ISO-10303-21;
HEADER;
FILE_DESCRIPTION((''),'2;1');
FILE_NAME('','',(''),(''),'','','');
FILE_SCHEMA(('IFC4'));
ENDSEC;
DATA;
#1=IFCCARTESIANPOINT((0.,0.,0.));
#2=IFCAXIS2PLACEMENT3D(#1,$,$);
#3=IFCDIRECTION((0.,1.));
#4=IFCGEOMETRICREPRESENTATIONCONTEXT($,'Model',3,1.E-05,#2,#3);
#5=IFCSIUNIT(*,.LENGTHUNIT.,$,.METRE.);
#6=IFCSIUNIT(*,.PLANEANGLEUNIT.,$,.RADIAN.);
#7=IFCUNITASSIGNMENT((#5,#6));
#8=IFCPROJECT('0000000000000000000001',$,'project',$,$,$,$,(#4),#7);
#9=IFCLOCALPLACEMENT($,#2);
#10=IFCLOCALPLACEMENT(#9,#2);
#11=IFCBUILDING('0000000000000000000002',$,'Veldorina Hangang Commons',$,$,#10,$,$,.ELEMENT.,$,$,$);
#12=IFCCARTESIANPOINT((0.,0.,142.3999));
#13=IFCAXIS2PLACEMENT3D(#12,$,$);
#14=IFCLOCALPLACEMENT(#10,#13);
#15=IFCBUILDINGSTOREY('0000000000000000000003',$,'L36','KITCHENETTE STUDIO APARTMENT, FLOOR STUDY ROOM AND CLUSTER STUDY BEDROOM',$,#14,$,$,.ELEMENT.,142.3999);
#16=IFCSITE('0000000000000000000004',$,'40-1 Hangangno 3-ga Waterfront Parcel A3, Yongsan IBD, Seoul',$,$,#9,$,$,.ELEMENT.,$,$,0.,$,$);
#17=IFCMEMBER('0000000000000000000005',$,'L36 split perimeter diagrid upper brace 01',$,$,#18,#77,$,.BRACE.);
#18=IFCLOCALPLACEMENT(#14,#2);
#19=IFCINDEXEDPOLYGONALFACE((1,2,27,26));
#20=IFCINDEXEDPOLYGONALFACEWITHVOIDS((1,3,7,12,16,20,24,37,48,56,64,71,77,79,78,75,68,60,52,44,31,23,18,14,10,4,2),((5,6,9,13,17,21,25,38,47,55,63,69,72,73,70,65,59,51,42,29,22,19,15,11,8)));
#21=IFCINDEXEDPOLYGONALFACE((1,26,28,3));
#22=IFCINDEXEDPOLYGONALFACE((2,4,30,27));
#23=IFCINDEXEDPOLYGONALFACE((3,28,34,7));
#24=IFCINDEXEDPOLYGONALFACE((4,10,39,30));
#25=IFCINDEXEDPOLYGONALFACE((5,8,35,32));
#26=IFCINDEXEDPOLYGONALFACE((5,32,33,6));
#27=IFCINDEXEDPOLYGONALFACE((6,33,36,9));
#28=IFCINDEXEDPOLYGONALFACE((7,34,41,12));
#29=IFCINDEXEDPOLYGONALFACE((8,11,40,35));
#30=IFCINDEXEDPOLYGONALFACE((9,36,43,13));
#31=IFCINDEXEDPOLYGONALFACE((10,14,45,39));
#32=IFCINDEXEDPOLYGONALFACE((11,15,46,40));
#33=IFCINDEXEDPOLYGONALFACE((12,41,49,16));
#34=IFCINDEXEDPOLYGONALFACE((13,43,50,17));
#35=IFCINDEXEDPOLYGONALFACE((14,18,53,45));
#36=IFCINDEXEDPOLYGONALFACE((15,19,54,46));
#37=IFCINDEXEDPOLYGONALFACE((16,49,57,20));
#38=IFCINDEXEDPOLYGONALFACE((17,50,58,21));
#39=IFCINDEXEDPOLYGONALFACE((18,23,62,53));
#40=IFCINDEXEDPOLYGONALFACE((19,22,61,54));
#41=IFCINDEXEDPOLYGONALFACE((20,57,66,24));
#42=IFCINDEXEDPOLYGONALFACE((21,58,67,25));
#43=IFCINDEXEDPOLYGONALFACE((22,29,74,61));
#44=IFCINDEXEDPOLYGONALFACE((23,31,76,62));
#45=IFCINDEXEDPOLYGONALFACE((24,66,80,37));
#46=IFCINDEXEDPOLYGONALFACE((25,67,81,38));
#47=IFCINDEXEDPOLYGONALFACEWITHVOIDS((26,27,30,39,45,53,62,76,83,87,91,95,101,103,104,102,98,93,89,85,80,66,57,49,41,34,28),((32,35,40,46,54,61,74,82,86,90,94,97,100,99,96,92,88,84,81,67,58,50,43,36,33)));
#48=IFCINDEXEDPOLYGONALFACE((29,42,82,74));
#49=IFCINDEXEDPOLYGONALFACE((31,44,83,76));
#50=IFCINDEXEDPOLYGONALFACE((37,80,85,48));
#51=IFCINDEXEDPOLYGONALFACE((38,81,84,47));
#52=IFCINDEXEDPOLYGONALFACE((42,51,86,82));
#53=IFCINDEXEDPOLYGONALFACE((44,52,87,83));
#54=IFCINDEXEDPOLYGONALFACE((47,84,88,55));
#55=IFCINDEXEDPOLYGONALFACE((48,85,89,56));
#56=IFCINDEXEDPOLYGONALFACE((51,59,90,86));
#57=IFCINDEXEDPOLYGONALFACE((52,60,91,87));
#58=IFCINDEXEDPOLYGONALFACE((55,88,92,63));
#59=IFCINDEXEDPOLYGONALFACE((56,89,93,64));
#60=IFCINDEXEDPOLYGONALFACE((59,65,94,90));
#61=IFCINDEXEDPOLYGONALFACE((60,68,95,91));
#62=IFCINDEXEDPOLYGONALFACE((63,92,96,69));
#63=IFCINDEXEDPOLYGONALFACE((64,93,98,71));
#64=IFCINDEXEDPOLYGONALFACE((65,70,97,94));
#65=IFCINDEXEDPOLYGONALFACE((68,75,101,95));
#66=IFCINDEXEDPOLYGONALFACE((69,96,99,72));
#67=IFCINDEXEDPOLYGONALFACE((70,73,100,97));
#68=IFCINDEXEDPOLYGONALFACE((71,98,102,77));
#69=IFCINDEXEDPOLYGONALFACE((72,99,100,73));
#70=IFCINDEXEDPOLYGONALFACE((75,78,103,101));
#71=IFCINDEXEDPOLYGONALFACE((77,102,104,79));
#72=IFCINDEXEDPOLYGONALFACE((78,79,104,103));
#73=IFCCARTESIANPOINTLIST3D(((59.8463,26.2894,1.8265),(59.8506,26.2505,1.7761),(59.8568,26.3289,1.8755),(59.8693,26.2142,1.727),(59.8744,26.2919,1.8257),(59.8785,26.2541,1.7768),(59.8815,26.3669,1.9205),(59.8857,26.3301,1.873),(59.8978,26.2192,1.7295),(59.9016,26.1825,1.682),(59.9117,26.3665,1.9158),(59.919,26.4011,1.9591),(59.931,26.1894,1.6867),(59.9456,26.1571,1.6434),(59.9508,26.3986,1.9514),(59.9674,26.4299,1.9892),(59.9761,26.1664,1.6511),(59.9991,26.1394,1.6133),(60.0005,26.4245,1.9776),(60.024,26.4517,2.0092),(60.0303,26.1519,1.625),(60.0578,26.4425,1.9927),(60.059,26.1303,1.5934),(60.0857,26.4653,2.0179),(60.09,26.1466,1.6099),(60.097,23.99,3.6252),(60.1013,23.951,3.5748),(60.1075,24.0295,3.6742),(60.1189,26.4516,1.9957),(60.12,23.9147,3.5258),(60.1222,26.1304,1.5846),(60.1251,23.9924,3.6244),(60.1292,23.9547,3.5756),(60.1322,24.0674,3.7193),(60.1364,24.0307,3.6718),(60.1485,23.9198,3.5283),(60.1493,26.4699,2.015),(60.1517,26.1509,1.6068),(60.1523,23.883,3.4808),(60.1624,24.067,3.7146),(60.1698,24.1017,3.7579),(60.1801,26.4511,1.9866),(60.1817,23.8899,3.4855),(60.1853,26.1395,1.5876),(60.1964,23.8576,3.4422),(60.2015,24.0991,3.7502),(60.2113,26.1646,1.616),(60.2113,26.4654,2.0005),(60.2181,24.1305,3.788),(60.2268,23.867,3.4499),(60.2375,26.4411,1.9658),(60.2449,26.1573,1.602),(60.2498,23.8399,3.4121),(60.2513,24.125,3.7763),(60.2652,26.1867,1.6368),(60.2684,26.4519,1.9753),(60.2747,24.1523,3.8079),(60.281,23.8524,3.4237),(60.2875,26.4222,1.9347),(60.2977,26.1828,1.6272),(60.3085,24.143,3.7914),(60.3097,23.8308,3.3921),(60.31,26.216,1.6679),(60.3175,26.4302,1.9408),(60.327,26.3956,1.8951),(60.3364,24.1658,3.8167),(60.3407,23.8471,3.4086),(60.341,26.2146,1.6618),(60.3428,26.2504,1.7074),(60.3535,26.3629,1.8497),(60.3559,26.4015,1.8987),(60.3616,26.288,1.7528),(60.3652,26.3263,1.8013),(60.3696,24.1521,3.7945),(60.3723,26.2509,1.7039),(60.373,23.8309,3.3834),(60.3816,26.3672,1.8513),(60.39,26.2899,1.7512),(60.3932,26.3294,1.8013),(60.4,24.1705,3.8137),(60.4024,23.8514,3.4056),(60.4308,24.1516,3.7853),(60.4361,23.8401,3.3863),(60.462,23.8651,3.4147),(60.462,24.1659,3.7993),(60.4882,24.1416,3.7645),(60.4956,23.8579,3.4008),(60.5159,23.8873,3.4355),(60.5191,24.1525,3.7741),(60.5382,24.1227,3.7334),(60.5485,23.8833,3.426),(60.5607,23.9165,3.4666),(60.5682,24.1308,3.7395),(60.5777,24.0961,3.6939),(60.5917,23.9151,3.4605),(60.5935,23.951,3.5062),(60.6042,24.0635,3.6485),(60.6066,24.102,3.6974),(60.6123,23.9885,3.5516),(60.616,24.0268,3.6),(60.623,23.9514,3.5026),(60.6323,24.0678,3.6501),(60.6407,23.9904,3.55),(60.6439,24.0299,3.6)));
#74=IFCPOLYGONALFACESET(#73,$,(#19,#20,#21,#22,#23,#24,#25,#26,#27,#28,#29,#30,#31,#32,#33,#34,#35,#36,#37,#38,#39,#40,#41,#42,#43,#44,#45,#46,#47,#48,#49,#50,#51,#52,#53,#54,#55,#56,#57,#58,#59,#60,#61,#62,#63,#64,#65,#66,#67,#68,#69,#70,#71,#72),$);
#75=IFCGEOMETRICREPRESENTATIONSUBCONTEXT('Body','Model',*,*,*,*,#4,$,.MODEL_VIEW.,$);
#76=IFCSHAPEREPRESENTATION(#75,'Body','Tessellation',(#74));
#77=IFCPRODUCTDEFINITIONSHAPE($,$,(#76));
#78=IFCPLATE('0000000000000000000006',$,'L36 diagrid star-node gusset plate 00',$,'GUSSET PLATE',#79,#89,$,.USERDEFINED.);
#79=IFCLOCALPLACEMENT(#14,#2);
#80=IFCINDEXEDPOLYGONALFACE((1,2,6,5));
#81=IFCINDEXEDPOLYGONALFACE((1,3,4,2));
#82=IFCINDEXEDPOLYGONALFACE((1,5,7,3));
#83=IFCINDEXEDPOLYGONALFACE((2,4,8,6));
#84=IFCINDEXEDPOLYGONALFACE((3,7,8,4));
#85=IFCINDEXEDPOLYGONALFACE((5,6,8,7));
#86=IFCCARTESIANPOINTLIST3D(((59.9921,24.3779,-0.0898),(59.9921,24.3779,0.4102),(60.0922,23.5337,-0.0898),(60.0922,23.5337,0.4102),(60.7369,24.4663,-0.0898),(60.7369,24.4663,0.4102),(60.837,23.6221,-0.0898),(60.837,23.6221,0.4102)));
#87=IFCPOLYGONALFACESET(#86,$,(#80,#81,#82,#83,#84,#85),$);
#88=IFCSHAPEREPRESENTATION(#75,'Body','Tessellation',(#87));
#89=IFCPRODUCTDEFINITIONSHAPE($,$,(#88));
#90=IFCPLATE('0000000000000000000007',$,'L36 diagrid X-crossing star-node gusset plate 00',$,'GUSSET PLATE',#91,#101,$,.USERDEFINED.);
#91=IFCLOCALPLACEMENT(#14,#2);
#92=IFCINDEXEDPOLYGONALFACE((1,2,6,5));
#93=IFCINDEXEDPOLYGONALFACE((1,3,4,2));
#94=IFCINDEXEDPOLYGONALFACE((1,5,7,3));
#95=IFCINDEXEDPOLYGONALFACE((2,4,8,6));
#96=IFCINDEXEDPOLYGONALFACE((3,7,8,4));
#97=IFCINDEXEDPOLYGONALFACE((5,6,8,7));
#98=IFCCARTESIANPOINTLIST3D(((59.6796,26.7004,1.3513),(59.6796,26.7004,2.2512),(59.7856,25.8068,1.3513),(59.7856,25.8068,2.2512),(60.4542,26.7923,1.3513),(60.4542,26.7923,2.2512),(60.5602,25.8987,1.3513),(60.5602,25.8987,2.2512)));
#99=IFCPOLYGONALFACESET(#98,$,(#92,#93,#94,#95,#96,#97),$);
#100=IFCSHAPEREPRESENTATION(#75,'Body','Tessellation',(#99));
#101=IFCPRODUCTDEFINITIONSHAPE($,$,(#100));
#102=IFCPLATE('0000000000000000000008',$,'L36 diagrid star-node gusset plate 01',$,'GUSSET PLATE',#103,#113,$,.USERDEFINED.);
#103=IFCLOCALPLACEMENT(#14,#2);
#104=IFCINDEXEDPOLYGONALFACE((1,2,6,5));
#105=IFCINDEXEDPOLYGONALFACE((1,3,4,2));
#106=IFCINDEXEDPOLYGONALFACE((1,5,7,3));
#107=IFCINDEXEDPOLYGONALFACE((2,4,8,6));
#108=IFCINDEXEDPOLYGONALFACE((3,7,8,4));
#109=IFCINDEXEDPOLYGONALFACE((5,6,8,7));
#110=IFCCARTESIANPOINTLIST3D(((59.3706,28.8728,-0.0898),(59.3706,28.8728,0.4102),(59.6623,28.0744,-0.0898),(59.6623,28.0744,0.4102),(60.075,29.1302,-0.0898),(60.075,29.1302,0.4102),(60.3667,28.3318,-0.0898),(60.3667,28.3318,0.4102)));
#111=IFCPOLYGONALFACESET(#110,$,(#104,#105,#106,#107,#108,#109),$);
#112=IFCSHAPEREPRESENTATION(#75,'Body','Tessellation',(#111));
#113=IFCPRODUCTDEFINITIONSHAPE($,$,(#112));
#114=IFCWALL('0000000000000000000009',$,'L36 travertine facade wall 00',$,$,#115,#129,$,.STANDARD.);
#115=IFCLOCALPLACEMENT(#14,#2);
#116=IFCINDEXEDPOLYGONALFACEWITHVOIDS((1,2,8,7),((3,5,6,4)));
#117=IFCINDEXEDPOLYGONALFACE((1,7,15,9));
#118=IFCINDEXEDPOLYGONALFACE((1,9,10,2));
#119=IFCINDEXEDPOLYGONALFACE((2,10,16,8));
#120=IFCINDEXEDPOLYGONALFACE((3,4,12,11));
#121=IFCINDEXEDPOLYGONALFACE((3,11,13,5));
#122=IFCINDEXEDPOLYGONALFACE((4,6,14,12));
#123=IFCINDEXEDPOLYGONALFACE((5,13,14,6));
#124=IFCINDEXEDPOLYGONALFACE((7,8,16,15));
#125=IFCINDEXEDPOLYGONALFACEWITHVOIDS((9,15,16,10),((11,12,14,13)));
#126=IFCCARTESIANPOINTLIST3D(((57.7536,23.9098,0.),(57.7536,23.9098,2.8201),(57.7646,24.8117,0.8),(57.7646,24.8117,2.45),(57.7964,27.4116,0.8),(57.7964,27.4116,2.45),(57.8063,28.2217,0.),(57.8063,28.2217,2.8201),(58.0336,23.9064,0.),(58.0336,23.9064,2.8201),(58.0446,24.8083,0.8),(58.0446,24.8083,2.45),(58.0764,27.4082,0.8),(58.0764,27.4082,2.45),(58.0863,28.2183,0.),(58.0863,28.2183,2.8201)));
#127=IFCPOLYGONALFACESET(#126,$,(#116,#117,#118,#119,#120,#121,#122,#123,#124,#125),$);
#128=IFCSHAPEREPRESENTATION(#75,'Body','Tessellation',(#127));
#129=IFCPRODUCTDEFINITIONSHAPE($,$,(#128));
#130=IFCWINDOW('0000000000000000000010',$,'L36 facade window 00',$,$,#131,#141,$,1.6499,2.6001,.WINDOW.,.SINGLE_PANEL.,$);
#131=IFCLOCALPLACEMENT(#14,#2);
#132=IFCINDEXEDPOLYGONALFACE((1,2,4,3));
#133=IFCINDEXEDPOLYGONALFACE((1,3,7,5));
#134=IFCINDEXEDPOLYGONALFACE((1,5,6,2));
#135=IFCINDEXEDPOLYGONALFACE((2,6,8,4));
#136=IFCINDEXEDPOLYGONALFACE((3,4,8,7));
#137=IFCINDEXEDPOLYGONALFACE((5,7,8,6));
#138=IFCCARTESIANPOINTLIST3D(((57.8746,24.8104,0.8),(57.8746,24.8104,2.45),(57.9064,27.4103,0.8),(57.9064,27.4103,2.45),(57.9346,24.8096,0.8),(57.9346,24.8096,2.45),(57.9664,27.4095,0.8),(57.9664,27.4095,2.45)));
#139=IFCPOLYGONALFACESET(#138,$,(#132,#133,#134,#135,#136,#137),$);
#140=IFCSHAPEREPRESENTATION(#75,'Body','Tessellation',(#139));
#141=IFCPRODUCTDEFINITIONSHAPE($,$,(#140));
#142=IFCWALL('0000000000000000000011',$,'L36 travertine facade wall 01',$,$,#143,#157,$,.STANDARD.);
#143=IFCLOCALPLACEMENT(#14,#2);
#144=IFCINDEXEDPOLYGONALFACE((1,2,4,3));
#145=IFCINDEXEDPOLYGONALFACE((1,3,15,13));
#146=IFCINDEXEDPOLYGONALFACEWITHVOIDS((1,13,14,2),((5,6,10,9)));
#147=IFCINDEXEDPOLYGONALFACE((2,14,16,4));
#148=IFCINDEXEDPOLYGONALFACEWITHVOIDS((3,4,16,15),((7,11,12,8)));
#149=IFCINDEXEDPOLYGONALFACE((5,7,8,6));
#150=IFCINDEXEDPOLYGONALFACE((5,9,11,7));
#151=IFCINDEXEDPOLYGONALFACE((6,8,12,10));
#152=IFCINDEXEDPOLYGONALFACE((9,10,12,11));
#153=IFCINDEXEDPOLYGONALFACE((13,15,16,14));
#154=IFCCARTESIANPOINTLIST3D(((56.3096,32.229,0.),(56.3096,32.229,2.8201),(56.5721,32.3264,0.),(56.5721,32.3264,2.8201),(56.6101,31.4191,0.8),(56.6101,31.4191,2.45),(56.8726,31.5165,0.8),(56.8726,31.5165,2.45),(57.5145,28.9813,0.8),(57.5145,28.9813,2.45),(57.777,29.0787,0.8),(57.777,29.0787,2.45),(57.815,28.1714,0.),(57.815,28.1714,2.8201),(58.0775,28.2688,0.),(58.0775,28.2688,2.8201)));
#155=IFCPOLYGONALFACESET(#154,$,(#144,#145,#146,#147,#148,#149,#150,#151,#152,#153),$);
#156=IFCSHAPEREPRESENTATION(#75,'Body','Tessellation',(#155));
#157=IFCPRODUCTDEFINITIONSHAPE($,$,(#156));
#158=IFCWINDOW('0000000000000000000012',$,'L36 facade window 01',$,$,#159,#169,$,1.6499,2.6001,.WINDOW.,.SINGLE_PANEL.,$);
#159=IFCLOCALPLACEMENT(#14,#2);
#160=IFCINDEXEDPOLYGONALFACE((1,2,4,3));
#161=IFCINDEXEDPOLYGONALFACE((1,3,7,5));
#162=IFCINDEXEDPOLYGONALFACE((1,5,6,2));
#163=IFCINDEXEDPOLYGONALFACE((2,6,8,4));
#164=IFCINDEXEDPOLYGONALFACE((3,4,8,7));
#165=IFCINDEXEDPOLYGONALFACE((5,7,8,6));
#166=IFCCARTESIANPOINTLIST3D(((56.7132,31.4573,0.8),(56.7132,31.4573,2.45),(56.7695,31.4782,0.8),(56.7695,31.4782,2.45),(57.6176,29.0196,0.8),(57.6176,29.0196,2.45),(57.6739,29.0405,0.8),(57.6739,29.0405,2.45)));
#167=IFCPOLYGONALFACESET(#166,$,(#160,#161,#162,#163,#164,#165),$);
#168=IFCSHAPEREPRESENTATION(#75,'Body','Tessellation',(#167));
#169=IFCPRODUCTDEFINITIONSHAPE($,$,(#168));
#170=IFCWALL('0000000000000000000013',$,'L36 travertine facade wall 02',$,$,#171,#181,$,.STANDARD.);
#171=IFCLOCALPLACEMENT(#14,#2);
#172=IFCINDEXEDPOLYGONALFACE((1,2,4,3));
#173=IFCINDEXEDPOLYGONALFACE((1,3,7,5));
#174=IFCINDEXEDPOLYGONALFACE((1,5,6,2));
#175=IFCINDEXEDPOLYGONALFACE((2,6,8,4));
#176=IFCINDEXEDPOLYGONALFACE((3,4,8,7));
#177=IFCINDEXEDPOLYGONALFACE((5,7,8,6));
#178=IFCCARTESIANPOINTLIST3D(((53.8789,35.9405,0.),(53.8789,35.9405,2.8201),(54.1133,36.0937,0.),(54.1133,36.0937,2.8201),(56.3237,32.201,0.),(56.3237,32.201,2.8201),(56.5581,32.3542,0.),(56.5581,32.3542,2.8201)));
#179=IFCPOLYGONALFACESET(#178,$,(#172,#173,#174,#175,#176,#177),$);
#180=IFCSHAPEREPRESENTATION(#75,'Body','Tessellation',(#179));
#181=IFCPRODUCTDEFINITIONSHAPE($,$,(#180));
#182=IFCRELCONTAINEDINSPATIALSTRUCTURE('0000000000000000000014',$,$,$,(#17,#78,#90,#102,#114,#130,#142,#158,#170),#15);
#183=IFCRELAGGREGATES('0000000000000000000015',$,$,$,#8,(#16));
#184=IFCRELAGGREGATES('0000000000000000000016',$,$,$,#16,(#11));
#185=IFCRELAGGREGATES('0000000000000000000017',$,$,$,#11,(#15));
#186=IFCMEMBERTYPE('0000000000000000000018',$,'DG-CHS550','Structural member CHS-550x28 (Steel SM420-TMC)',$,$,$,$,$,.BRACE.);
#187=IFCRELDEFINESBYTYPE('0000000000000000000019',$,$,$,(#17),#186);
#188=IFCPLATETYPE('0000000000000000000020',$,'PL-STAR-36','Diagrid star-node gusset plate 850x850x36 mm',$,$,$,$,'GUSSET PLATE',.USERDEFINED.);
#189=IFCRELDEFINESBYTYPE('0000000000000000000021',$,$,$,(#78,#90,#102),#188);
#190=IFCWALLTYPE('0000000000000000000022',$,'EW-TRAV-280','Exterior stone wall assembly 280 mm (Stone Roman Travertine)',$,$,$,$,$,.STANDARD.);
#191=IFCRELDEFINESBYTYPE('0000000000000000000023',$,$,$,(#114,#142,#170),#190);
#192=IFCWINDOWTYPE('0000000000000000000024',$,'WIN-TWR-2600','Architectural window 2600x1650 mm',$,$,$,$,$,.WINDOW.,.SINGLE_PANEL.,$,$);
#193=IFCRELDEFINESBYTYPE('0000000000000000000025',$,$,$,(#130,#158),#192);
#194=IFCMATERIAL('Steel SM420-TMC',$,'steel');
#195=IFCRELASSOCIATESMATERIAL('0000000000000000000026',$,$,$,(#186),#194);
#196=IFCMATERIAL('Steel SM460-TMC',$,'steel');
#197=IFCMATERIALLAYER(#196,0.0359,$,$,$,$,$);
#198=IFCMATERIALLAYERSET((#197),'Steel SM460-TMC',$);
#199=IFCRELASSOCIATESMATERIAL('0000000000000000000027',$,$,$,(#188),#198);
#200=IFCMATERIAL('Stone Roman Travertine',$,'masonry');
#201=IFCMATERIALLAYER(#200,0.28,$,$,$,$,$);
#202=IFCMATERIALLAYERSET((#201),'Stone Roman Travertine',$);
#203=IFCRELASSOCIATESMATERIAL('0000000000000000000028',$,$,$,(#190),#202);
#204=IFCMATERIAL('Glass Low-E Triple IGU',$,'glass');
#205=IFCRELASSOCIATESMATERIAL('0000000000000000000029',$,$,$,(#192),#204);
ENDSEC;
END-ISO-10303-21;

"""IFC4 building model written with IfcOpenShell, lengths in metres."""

from ifc_helpers import new_model, si_unit, direction, frame, frame_2d, origin, origin_2d, place, context, subcontext, project, spatial, rectangle, hollow_circle, extrude, material, layer, layer_set, material_profile, profile_set, type_object, element, fill, save


model = new_model("IFC4")

# Units and contexts
model_context = context("Model", 3, precision=1e-05, world=origin(), true_north=direction((0.0, 1.0)))
body_context = subcontext(model_context, "Body", "Model", "MODEL_VIEW")
ifc_project = project(units=[si_unit("LENGTHUNIT", "METRE"), si_unit("PLANEANGLEUNIT", "RADIAN")], contexts=[model_context])

# Site, building, storey
site_placement = place(None, origin())
site = spatial("IfcSite", under=ifc_project, at=site_placement, Name="40-1 Hangangno 3-ga Waterfront Parcel A3, Yongsan IBD, Seoul", CompositionType="ELEMENT", RefElevation=0.0)
building_placement = place(site_placement, origin())
building = spatial("IfcBuilding", under=site, at=building_placement, Name="Veldorina Hangang Commons", CompositionType="ELEMENT")
storey_placement = place(building_placement, frame((0.0, 0.0, 142.3999)))
storey = spatial("IfcBuildingStorey", under=building, at=storey_placement, Name="L36", Description="KITCHENETTE STUDIO APARTMENT, FLOOR STUDY ROOM AND CLUSTER STUDY BEDROOM", CompositionType="ELEMENT", Elevation=142.3999)

# Shared definitions
ifc_material_1 = material(Name="Steel SM420-TMC", Category="steel")

# Shared definitions
ifc_material_2 = material(Name="Glass Low-E Triple IGU", Category="glass")

# Member
ifc_material_profile_1 = material_profile(ifc_material_1, hollow_circle(Radius=0.2749, WallThickness=0.0281, at=origin_2d()), Name="CHS-550x28")
ifc_profile_set_1 = profile_set([ifc_material_profile_1], Name="Steel SM420-TMC")
member_type_1 = type_object("IfcMemberType", Name="DG-CHS550", Description="Structural member CHS-550x28 (Steel SM420-TMC)", PredefinedType="BRACE", material=ifc_profile_set_1)
member_1_placement = place(storey_placement, frame((60.1199, 26.2996, 1.8013), z_axis=(0.085566, -0.784754, 0.613873), x_axis=(0.994108, 0.108393, 0.0)))
element("IfcMember", 1, at=member_1_placement, inside=storey, type_object=member_type_1, Name="L36 split perimeter diagrid upper brace 01", PredefinedType="BRACE", context=body_context, shape_type="SweptSolid", body=[
    extrude(hollow_circle(Radius=0.2749, WallThickness=0.0281, at=origin_2d()), origin(), (0.0, 0.0, 1.0), 2.9302),
])

# Plates
ifc_material_3 = material(Name="Steel SM460-TMC", Category="steel")
ifc_layer_1 = layer(ifc_material_3, 0.0359)
ifc_layer_set_1 = layer_set([ifc_layer_1], Name="Steel SM460-TMC")
plate_type = type_object("IfcPlateType", Name="PL-STAR-36", Description="Diagrid star-node gusset plate 850x850x36 mm", ElementType="GUSSET PLATE", PredefinedType="USERDEFINED", material=ifc_layer_set_1)
plate_1_placement = place(storey_placement, frame((60.4146, 24.0, -0.0898), z_axis=(0.0, 0.0, 1.0), x_axis=(-0.117815, 0.993036, 0.0)))
element("IfcPlate", 2, at=plate_1_placement, inside=storey, type_object=plate_type, Name="L36 diagrid star-node gusset plate 00", ObjectType="GUSSET PLATE", PredefinedType="USERDEFINED", context=body_context, shape_type="SweptSolid", body=[
    extrude(rectangle(XDim=0.8501, YDim=0.75, at=origin_2d()), origin(), (0.0, 0.0, 1.0), 0.5),
])
plate_2_placement = place(storey_placement, frame((60.1199, 26.2996, 1.3513), z_axis=(0.0, 0.0, 1.0), x_axis=(-0.117815, 0.993036, 0.0)))
element("IfcPlate", 3, at=plate_2_placement, inside=storey, type_object=plate_type, Name="L36 diagrid X-crossing star-node gusset plate 00", ObjectType="GUSSET PLATE", PredefinedType="USERDEFINED", context=body_context, shape_type="SweptSolid", body=[
    extrude(rectangle(XDim=0.8999, YDim=0.78, at=origin_2d()), origin(), (0.0, 0.0, 1.0), 0.8999),
])
plate_3_placement = place(storey_placement, frame((59.8687, 28.6023, -0.0898), z_axis=(0.0, 0.0, 1.0), x_axis=(-0.343184, 0.939268, 0.0)))
element("IfcPlate", 4, at=plate_3_placement, inside=storey, type_object=plate_type, Name="L36 diagrid star-node gusset plate 01", ObjectType="GUSSET PLATE", PredefinedType="USERDEFINED", context=body_context, shape_type="SweptSolid", body=[
    extrude(rectangle(XDim=0.8501, YDim=0.75, at=origin_2d()), origin(), (0.0, 0.0, 1.0), 0.5),
])

# Walls, openings, windows
ifc_material_4 = material(Name="Stone Roman Travertine", Category="masonry")
ifc_layer_2 = layer(ifc_material_4, 0.28)
ifc_layer_set_2 = layer_set([ifc_layer_2], Name="Stone Roman Travertine")
wall_type_1 = type_object("IfcWallType", Name="EW-TRAV-280", Description="Exterior stone wall assembly 280 mm (Stone Roman Travertine)", PredefinedType="STANDARD", material=ifc_layer_set_2)
wall_1_placement = place(storey_placement, frame((57.8936, 23.908, 0.0), z_axis=(0.0, 0.0, 1.0), x_axis=(0.012229, 0.999925, 0.0)))
wall_1 = element("IfcWall", 5, at=wall_1_placement, inside=storey, type_object=wall_type_1, Name="L36 travertine facade wall 00", PredefinedType="STANDARD", context=body_context, shape_type="SweptSolid", body=[
    extrude(rectangle(XDim=4.3123, YDim=0.28, at=frame_2d((2.1562, 0.0))), origin(), (0.0, 0.0, 1.0), 2.8201),
])
opening_1_placement = place(wall_1_placement, frame((0.9021, 0.0, 0.8)))
opening_1 = element("IfcOpeningElement", 6, at=opening_1_placement, cuts=wall_1, PredefinedType="OPENING", context=body_context, shape_type="SweptSolid", body=[
    extrude(rectangle(XDim=2.6001, YDim=1.6499, at=frame_2d((1.3, 0.825))), frame((0.0, 0.1499, 0.0), z_axis=(0.0, -1.0, 0.0), x_axis=(1.0, 0.0, 0.0)), (0.0, 0.0, 1.0), 0.3),
])
window_type = type_object("IfcWindowType", Name="WIN-TWR-2600", Description="Architectural window 2600x1650 mm", PartitioningType="SINGLE_PANEL", PredefinedType="WINDOW", material=ifc_material_2)
window_1_placement = place(opening_1_placement, origin())
window_1 = element("IfcWindow", 7, at=window_1_placement, inside=storey, type_object=window_type, Name="L36 facade window 00", OverallHeight=1.6499, OverallWidth=2.6001, PartitioningType="SINGLE_PANEL", PredefinedType="WINDOW", context=body_context, shape_type="SweptSolid", body=[
    extrude(rectangle(XDim=2.6001, YDim=1.6499, at=frame_2d((1.3, 0.825))), frame((0.0, 0.03, 0.0), z_axis=(0.0, -1.0, 0.0), x_axis=(1.0, 0.0, 0.0)), (0.0, 0.0, 1.0), 0.0601),
])
fill(opening_1, window_1)
wall_2_placement = place(storey_placement, frame((57.9463, 28.22, 0.0), z_axis=(0.0, 0.0, 1.0), x_axis=(-0.347832, 0.937557, 0.0)))
wall_2 = element("IfcWall", 8, at=wall_2_placement, inside=storey, type_object=wall_type_1, Name="L36 travertine facade wall 01", PredefinedType="STANDARD", context=body_context, shape_type="SweptSolid", body=[
    extrude(rectangle(XDim=4.3279, YDim=0.28, at=frame_2d((2.1641, 0.0))), origin(), (0.0, 0.0, 1.0), 2.8201),
])
opening_2_placement = place(wall_2_placement, frame((0.864, 0.0, 0.8)))
opening_2 = element("IfcOpeningElement", 9, at=opening_2_placement, cuts=wall_2, PredefinedType="OPENING", context=body_context, shape_type="SweptSolid", body=[
    extrude(rectangle(XDim=2.6001, YDim=1.6499, at=frame_2d((1.3, 0.825))), frame((0.0, 0.1499, 0.0), z_axis=(0.0, -1.0, 0.0), x_axis=(1.0, 0.0, 0.0)), (0.0, 0.0, 1.0), 0.3),
])
window_2_placement = place(opening_2_placement, origin())
window_2 = element("IfcWindow", 10, at=window_2_placement, inside=storey, type_object=window_type, Name="L36 facade window 01", OverallHeight=1.6499, OverallWidth=2.6001, PartitioningType="SINGLE_PANEL", PredefinedType="WINDOW", context=body_context, shape_type="SweptSolid", body=[
    extrude(rectangle(XDim=2.6001, YDim=1.6499, at=frame_2d((1.3, 0.825))), frame((0.0, 0.03, 0.0), z_axis=(0.0, -1.0, 0.0), x_axis=(1.0, 0.0, 0.0)), (0.0, 0.0, 1.0), 0.0601),
])
fill(opening_2, window_2)

# Wall
wall_3_placement = place(storey_placement, frame((56.4409, 32.2776, 0.0), z_axis=(0.0, 0.0, 1.0), x_axis=(-0.547213, 0.836994, 0.0)))
element("IfcWall", 11, at=wall_3_placement, inside=storey, type_object=wall_type_1, Name="L36 travertine facade wall 02", PredefinedType="STANDARD", context=body_context, shape_type="SweptSolid", body=[
    extrude(rectangle(XDim=4.4678, YDim=0.28, at=frame_2d((2.2339, 0.0))), origin(), (0.0, 0.0, 1.0), 2.8201),
])

save(model, "model.ifc")
